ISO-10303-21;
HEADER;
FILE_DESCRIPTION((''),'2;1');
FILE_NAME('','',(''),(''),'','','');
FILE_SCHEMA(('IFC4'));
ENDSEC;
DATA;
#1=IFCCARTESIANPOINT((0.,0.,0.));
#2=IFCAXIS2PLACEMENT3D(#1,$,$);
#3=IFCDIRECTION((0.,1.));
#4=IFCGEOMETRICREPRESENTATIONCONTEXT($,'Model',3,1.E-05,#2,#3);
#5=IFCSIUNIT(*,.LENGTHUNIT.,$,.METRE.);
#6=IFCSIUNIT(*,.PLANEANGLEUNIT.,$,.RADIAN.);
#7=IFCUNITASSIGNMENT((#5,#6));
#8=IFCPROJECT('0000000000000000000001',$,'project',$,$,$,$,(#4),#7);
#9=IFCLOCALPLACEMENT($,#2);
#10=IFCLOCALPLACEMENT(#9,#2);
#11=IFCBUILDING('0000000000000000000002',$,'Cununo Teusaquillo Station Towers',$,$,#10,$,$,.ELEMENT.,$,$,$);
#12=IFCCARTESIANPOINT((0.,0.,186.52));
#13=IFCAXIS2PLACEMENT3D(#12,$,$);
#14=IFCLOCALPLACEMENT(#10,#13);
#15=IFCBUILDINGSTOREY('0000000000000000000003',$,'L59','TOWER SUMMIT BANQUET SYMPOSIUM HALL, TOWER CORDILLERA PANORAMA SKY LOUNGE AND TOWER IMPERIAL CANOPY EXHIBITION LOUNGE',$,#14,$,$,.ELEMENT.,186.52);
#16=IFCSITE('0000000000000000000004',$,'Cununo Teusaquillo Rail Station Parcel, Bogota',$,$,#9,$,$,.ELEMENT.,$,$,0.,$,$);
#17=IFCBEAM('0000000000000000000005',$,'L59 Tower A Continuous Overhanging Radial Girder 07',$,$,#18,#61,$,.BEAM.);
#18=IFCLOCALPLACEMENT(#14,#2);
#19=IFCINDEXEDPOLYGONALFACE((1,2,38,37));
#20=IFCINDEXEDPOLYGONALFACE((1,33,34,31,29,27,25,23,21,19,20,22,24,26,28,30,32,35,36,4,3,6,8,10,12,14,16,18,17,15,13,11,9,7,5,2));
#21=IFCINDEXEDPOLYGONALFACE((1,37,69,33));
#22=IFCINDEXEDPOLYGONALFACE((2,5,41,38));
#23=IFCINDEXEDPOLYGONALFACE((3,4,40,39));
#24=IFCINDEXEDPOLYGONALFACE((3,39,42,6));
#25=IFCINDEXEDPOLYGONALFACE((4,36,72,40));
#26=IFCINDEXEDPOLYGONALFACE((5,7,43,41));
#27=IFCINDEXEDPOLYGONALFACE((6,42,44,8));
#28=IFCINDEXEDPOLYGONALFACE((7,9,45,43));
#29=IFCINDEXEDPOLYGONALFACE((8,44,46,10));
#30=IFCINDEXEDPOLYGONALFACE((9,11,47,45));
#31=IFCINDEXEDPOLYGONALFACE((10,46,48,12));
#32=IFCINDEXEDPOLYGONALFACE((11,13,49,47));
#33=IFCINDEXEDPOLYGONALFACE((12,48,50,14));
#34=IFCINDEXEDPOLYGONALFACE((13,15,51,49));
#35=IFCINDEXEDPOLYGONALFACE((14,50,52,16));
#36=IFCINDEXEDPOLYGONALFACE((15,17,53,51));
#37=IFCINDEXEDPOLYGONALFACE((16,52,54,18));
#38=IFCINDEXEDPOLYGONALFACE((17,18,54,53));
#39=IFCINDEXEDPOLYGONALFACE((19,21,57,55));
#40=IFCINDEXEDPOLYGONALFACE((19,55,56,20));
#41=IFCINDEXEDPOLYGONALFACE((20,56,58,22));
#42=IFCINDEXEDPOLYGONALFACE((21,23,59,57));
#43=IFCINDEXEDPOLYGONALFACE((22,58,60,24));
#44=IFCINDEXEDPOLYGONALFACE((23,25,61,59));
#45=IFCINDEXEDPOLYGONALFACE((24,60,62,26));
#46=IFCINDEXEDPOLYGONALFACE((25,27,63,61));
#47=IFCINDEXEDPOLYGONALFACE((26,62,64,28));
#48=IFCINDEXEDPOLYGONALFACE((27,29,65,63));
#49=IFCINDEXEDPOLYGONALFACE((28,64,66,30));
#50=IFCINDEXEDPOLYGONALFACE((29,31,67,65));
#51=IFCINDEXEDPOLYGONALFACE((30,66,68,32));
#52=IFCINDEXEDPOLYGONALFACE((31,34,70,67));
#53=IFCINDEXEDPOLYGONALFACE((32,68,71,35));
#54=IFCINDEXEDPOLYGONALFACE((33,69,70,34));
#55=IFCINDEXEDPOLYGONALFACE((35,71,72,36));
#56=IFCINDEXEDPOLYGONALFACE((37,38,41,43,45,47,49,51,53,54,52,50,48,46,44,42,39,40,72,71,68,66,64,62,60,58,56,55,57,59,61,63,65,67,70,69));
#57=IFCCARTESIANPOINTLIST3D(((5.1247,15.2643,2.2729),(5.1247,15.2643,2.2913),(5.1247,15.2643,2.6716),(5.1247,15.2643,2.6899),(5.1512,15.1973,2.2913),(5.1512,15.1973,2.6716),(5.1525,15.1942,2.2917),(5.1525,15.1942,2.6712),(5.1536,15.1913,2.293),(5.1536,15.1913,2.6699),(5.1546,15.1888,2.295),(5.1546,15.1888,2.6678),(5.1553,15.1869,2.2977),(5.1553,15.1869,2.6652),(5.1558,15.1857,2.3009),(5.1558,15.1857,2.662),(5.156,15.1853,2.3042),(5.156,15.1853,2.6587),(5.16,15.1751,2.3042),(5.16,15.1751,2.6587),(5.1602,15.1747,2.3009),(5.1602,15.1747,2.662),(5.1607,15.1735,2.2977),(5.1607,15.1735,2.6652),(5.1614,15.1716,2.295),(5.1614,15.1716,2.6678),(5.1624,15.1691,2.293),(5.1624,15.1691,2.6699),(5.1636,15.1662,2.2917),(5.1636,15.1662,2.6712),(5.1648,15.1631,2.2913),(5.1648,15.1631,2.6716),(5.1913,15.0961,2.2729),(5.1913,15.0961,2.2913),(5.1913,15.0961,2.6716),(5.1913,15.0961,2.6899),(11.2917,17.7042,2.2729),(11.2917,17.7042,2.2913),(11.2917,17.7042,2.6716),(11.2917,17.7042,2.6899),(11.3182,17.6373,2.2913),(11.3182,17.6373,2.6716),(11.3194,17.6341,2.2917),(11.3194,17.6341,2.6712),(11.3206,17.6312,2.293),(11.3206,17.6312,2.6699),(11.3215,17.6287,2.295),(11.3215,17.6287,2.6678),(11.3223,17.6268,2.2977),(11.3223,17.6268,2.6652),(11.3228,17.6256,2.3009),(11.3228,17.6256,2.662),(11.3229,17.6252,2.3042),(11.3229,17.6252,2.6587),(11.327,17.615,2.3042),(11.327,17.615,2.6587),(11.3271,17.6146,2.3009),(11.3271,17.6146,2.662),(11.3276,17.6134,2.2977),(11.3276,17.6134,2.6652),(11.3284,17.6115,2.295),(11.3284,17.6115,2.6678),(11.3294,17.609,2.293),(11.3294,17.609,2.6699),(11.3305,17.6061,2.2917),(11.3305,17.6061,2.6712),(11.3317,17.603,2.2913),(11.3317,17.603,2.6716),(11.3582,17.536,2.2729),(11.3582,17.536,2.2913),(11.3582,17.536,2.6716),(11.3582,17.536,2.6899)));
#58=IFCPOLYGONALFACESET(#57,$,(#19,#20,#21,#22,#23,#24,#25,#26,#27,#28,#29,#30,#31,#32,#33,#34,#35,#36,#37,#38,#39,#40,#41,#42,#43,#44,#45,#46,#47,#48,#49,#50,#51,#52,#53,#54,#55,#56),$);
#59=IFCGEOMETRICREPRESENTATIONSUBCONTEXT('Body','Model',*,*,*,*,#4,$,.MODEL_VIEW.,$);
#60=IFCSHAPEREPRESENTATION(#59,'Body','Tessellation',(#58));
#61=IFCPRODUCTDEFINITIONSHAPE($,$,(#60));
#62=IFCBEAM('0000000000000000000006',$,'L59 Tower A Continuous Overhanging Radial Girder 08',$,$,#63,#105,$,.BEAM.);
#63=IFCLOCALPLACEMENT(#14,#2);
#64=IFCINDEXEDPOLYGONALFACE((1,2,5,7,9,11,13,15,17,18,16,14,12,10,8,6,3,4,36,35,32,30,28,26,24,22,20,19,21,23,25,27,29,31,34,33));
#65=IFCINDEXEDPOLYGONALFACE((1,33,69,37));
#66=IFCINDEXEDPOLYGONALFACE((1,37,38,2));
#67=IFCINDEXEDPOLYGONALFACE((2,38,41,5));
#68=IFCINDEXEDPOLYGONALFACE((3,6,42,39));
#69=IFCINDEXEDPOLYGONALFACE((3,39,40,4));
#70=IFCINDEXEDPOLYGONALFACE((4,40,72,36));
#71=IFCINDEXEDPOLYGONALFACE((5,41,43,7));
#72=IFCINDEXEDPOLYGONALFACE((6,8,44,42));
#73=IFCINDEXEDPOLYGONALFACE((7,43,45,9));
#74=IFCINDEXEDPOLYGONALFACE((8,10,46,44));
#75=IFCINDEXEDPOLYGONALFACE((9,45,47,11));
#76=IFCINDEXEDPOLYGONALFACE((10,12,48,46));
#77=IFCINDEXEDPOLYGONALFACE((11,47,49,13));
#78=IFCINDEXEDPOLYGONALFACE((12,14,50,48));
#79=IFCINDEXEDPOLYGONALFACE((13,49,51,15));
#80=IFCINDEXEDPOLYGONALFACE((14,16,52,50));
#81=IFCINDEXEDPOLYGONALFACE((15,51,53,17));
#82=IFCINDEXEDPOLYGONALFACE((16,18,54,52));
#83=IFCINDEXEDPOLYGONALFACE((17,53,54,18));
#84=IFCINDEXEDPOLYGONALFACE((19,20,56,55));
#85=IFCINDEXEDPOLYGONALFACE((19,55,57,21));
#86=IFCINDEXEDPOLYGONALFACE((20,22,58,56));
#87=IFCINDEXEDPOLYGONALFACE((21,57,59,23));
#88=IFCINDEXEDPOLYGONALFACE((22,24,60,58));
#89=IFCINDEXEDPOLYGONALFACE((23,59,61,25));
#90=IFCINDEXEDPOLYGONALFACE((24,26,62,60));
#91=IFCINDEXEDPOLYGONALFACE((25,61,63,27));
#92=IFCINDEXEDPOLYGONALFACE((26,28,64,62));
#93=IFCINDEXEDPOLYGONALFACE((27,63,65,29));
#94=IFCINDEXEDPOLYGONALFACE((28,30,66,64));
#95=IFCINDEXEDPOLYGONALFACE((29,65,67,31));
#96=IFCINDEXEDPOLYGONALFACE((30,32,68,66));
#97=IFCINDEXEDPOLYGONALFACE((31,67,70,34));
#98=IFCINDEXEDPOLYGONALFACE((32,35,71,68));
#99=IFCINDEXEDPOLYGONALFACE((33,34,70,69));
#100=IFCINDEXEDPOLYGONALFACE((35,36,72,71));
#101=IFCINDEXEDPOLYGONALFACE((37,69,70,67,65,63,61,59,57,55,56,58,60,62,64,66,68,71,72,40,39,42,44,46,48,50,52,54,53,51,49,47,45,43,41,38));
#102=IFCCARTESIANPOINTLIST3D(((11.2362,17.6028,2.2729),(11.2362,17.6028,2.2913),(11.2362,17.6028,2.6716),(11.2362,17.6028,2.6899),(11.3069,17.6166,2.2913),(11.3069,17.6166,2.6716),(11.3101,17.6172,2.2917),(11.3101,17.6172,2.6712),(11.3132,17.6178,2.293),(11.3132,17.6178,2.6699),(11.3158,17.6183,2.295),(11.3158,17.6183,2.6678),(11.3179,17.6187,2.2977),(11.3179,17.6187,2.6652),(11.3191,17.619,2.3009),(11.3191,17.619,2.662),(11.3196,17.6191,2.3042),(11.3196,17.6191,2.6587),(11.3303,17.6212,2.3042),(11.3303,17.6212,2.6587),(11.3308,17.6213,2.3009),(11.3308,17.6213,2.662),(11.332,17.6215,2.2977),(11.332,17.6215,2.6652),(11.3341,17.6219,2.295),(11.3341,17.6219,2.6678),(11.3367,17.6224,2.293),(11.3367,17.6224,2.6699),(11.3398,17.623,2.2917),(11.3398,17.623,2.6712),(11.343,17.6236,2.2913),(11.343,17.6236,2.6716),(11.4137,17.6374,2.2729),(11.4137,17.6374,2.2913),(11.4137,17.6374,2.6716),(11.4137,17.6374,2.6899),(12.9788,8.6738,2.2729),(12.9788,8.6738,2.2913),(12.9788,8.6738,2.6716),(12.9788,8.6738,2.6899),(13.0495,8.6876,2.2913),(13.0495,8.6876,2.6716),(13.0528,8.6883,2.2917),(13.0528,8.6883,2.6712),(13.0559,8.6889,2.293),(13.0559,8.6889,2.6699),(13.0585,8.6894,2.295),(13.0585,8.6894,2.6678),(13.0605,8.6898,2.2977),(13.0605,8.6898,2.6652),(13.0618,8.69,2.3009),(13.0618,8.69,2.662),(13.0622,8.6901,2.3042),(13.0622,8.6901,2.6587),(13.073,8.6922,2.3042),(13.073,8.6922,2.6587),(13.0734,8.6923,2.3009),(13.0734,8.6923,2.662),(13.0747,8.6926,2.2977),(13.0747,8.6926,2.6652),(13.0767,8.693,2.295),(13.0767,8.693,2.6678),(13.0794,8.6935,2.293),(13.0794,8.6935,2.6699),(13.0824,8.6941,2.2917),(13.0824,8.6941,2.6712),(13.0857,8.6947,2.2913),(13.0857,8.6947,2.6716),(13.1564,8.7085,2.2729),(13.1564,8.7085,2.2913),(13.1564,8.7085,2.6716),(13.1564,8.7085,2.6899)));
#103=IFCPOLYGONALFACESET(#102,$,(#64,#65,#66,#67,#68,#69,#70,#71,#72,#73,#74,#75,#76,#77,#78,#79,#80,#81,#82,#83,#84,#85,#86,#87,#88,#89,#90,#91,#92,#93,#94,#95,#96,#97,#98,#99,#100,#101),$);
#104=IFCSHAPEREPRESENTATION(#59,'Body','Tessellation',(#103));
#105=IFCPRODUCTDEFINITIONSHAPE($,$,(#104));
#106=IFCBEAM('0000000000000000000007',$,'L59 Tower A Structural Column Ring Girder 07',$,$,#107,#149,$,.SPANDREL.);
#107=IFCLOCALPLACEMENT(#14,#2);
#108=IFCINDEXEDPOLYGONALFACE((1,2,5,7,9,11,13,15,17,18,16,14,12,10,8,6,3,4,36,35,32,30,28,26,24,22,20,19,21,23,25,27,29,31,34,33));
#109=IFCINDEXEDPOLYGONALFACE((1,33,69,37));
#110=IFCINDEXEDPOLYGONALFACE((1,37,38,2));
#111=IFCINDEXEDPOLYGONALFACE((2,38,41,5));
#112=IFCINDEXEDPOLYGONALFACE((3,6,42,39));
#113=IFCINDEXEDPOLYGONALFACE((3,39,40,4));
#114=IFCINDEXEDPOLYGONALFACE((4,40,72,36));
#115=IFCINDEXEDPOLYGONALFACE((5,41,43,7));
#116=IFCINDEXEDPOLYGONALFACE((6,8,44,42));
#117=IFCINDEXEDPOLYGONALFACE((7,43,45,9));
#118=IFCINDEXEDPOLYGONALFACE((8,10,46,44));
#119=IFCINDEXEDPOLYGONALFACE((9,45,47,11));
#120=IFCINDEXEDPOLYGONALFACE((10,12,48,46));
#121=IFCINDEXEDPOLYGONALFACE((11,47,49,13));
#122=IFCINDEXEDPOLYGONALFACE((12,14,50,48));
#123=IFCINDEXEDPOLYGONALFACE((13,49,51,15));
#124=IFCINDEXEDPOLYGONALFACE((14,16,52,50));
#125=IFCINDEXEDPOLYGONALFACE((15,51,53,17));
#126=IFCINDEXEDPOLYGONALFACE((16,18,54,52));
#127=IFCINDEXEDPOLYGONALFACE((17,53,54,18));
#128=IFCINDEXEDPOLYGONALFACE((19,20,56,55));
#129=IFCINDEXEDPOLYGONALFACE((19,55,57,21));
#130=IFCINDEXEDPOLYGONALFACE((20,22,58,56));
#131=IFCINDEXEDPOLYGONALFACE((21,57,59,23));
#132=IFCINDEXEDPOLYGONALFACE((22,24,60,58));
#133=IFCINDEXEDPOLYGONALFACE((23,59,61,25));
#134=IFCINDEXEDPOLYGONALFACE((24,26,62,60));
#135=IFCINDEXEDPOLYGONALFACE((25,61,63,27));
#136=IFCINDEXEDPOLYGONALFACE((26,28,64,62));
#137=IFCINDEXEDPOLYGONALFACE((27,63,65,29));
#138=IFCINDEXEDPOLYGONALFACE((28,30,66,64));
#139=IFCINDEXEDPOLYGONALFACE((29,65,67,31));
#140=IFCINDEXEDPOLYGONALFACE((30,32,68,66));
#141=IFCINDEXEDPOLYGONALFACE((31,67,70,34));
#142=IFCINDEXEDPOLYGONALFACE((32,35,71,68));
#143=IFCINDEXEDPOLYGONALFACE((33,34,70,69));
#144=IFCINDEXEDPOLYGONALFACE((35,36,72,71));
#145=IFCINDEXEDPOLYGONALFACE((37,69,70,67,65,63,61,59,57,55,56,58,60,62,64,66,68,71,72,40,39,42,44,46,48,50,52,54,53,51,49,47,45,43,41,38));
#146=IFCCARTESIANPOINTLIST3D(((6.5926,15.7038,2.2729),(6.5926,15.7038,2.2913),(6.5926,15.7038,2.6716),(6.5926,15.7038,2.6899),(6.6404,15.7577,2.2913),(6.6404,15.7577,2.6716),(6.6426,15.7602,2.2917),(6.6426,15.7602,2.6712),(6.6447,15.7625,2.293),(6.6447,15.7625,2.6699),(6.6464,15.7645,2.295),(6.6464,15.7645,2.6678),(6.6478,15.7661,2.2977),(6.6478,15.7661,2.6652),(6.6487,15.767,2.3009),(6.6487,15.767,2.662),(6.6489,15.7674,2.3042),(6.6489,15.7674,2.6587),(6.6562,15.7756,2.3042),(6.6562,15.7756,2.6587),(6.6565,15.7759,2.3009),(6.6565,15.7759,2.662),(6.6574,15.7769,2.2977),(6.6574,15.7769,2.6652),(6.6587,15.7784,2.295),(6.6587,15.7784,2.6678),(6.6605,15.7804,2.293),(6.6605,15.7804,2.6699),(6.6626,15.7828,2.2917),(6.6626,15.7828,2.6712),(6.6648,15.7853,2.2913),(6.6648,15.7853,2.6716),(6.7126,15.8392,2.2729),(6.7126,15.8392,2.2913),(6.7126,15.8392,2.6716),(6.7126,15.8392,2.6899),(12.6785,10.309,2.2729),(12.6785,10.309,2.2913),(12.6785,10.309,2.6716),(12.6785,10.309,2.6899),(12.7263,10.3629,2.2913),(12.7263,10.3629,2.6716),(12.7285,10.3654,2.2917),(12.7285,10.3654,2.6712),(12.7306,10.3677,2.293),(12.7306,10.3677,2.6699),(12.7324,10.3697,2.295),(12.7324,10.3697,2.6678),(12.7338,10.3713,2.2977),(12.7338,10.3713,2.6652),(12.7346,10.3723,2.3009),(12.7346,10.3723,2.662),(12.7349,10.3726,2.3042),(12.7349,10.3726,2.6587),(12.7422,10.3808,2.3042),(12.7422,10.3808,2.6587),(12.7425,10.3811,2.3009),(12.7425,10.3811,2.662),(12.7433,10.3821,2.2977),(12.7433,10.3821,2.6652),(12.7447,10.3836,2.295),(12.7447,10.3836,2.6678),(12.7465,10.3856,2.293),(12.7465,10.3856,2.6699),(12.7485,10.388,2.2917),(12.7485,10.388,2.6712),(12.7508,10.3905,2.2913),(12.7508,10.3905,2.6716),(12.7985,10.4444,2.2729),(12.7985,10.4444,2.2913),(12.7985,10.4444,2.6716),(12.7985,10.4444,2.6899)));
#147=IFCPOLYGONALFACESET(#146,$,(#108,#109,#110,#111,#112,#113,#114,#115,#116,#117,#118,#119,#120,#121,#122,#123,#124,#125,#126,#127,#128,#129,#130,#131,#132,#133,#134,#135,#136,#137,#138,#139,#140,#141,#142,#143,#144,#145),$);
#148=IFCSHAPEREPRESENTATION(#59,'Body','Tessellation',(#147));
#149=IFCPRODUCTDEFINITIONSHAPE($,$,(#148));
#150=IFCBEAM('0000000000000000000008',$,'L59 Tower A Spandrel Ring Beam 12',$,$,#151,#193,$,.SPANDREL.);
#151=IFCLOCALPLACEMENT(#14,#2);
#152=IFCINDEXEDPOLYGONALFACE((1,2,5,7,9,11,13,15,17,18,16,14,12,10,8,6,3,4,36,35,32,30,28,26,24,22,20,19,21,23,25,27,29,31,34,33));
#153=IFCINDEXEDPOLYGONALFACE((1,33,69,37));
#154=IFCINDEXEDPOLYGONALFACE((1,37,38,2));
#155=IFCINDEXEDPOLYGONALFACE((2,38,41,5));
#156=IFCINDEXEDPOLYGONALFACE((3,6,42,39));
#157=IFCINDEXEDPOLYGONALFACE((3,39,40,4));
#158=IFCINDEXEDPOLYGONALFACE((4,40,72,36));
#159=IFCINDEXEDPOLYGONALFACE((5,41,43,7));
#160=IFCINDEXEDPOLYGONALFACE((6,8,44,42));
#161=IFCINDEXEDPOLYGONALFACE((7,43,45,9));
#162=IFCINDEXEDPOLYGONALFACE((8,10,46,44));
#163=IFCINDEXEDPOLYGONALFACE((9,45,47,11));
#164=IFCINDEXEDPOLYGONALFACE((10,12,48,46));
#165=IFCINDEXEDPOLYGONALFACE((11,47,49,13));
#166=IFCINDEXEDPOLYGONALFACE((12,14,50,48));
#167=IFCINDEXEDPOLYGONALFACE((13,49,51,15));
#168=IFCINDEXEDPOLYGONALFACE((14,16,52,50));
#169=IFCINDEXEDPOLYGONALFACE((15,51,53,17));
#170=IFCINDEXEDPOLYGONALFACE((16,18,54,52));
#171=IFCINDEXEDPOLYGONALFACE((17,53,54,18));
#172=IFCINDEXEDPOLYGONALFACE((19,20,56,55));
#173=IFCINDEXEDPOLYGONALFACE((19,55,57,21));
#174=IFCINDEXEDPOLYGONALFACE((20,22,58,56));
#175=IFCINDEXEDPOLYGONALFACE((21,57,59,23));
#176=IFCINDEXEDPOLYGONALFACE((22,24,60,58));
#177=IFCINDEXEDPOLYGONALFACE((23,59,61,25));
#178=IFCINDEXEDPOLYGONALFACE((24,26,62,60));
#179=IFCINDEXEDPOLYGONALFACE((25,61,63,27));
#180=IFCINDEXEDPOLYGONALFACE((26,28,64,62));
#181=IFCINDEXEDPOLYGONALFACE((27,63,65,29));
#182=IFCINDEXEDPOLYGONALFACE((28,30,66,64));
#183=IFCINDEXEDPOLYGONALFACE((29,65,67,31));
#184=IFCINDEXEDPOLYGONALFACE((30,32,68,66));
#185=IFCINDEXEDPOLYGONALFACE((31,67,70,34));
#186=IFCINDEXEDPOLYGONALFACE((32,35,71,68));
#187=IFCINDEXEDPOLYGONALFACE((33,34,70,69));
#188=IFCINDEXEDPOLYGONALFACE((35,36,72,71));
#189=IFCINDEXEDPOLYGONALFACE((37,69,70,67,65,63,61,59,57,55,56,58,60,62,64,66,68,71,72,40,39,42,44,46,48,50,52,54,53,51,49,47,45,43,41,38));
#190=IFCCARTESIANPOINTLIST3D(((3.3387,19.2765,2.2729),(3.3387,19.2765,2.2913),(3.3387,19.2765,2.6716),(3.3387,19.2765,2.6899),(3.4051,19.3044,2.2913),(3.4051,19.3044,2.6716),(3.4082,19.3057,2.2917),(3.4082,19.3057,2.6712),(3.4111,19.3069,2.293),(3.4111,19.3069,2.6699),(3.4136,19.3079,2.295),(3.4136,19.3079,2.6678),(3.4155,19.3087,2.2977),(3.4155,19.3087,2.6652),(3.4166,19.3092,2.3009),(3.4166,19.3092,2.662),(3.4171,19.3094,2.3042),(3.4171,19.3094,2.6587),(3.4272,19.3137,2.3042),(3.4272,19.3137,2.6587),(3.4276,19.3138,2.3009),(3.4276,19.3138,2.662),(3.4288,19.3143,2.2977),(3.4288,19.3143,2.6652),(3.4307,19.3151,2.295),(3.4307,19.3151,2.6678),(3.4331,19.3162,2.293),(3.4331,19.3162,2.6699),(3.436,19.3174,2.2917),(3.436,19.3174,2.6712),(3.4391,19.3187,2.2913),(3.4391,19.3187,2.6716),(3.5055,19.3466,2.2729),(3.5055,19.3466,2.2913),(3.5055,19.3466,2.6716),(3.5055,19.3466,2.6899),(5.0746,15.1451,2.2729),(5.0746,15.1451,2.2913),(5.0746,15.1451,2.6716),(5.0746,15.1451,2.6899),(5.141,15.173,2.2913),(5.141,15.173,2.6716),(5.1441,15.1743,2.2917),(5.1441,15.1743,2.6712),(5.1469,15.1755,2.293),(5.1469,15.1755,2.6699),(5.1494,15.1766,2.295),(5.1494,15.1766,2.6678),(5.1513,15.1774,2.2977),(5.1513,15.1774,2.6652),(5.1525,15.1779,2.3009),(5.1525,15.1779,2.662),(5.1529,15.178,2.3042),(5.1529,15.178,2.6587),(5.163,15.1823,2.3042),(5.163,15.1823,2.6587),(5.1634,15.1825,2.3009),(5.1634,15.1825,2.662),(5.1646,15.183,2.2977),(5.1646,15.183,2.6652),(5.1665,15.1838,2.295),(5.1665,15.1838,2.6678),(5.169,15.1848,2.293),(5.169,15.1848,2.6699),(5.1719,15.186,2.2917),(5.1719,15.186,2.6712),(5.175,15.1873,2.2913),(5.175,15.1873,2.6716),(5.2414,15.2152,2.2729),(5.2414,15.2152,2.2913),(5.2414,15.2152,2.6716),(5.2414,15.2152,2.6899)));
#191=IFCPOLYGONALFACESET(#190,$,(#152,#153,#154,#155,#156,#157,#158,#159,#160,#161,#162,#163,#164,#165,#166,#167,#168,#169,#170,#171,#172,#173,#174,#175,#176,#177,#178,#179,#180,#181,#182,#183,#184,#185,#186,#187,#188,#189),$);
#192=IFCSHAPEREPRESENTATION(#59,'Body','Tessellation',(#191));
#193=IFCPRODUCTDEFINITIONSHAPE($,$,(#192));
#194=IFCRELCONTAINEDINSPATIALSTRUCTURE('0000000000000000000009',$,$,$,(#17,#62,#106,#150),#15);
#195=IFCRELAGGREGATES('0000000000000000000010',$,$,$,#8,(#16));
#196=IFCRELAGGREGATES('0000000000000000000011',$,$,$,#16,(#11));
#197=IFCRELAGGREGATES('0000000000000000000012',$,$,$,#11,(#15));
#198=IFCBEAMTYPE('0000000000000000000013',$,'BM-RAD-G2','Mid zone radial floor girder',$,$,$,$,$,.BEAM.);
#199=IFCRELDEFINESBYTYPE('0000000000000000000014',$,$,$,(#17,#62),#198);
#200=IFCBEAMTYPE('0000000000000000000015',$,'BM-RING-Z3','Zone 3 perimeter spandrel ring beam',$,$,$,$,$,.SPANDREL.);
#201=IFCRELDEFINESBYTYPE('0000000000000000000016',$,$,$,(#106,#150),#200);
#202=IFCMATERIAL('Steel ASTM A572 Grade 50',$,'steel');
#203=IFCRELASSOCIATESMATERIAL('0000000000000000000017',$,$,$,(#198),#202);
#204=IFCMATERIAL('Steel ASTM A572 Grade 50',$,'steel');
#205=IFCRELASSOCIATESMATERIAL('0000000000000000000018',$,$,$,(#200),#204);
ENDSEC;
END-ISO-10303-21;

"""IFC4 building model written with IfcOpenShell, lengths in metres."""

from ifc_helpers import new_model, si_unit, direction, frame, origin, origin_2d, place, context, subcontext, project, spatial, i_section, extrude, material, material_profile, profile_set, type_object, element, save


model = new_model("IFC4")

# Units and contexts
model_context = context("Model", 3, precision=1e-05, world=origin(), true_north=direction((0.0, 1.0)))
body_context = subcontext(model_context, "Body", "Model", "MODEL_VIEW")
ifc_project = project(units=[si_unit("LENGTHUNIT", "METRE"), si_unit("PLANEANGLEUNIT", "RADIAN")], contexts=[model_context])

# Site, building, storey
site_placement = place(None, origin())
site = spatial("IfcSite", under=ifc_project, at=site_placement, Name="Cununo Teusaquillo Rail Station Parcel, Bogota", CompositionType="ELEMENT", RefElevation=0.0)
building_placement = place(site_placement, origin())
building = spatial("IfcBuilding", under=site, at=building_placement, Name="Cununo Teusaquillo Station Towers", CompositionType="ELEMENT")
storey_placement = place(building_placement, frame((0.0, 0.0, 186.52)))
storey = spatial("IfcBuildingStorey", under=building, at=storey_placement, Name="L59", Description="TOWER SUMMIT BANQUET SYMPOSIUM HALL, TOWER CORDILLERA PANORAMA SKY LOUNGE AND TOWER IMPERIAL CANOPY EXHIBITION LOUNGE", CompositionType="ELEMENT", Elevation=186.52)

# Beams
ifc_material_1 = material(Name="Steel ASTM A572 Grade 50", Category="steel")
ifc_material_profile_1 = material_profile(ifc_material_1, i_section(OverallWidth=0.1809, OverallDepth=0.417, WebThickness=0.011, FlangeThickness=0.0183, FilletRadius=0.0129, at=origin_2d()), Name="W16X57")
ifc_profile_set_1 = profile_set([ifc_material_profile_1], Name="Steel ASTM A572 Grade 50")
beam_type_1 = type_object("IfcBeamType", Name="BM-RAD-G2", Description="Mid zone radial floor girder", PredefinedType="BEAM", material=ifc_profile_set_1)
beam_1_placement = place(storey_placement, frame((11.325, 17.6201, 2.4814), z_axis=(-0.929866, -0.367897, 0.0), x_axis=(0.367897, -0.929866, 0.0)))
element("IfcBeam", 1, at=beam_1_placement, inside=storey, type_object=beam_type_1, Name="L59 Tower A Continuous Overhanging Radial Girder 07", PredefinedType="BEAM", context=body_context, shape_type="SweptSolid", body=[
    extrude(i_section(OverallWidth=0.1809, OverallDepth=0.417, WebThickness=0.011, FlangeThickness=0.0183, FilletRadius=0.0129, at=origin_2d()), origin(), (0.0, 0.0, 1.0), 6.6321),
])
beam_2_placement = place(storey_placement, frame((11.325, 17.6201, 2.4814), z_axis=(0.191557, -0.981481, 0.0), x_axis=(0.981481, 0.191557, 0.0)))
element("IfcBeam", 2, at=beam_2_placement, inside=storey, type_object=beam_type_1, Name="L59 Tower A Continuous Overhanging Radial Girder 08", PredefinedType="BEAM", context=body_context, shape_type="SweptSolid", body=[
    extrude(i_section(OverallWidth=0.1809, OverallDepth=0.417, WebThickness=0.011, FlangeThickness=0.0183, FilletRadius=0.0129, at=origin_2d()), origin(), (0.0, 0.0, 1.0), 9.0974),
])
ifc_material_2 = material(Name="Steel ASTM A572 Grade 50", Category="steel")
ifc_material_profile_2 = material_profile(ifc_material_2, i_section(OverallWidth=0.1809, OverallDepth=0.417, WebThickness=0.011, FlangeThickness=0.0183, FilletRadius=0.0129, at=origin_2d()), Name="W16X57")
ifc_profile_set_2 = profile_set([ifc_material_profile_2], Name="Steel ASTM A572 Grade 50")
beam_type_2 = type_object("IfcBeamType", Name="BM-RING-Z3", Description="Zone 3 perimeter spandrel ring beam", PredefinedType="SPANDREL", material=ifc_profile_set_2)
beam_3_placement = place(storey_placement, frame((6.6526, 15.7715, 2.4814), z_axis=(0.748321, -0.663337, 0.0), x_axis=(0.663337, 0.748321, 0.0)))
element("IfcBeam", 3, at=beam_3_placement, inside=storey, type_object=beam_type_2, Name="L59 Tower A Structural Column Ring Girder 07", PredefinedType="SPANDREL", context=body_context, shape_type="SweptSolid", body=[
    extrude(i_section(OverallWidth=0.1809, OverallDepth=0.417, WebThickness=0.011, FlangeThickness=0.0183, FilletRadius=0.0129, at=origin_2d()), origin(), (0.0, 0.0, 1.0), 8.1328),
])
beam_4_placement = place(storey_placement, frame((3.4221, 19.3115, 2.4814), z_axis=(0.38736, -0.921928, 0.0), x_axis=(0.921928, 0.38736, 0.0)))
element("IfcBeam", 4, at=beam_4_placement, inside=storey, type_object=beam_type_2, Name="L59 Tower A Spandrel Ring Beam 12", PredefinedType="SPANDREL", context=body_context, shape_type="SweptSolid", body=[
    extrude(i_section(OverallWidth=0.1809, OverallDepth=0.417, WebThickness=0.011, FlangeThickness=0.0183, FilletRadius=0.0129, at=origin_2d()), origin(), (0.0, 0.0, 1.0), 4.4812),
])

save(model, "model.ifc")
